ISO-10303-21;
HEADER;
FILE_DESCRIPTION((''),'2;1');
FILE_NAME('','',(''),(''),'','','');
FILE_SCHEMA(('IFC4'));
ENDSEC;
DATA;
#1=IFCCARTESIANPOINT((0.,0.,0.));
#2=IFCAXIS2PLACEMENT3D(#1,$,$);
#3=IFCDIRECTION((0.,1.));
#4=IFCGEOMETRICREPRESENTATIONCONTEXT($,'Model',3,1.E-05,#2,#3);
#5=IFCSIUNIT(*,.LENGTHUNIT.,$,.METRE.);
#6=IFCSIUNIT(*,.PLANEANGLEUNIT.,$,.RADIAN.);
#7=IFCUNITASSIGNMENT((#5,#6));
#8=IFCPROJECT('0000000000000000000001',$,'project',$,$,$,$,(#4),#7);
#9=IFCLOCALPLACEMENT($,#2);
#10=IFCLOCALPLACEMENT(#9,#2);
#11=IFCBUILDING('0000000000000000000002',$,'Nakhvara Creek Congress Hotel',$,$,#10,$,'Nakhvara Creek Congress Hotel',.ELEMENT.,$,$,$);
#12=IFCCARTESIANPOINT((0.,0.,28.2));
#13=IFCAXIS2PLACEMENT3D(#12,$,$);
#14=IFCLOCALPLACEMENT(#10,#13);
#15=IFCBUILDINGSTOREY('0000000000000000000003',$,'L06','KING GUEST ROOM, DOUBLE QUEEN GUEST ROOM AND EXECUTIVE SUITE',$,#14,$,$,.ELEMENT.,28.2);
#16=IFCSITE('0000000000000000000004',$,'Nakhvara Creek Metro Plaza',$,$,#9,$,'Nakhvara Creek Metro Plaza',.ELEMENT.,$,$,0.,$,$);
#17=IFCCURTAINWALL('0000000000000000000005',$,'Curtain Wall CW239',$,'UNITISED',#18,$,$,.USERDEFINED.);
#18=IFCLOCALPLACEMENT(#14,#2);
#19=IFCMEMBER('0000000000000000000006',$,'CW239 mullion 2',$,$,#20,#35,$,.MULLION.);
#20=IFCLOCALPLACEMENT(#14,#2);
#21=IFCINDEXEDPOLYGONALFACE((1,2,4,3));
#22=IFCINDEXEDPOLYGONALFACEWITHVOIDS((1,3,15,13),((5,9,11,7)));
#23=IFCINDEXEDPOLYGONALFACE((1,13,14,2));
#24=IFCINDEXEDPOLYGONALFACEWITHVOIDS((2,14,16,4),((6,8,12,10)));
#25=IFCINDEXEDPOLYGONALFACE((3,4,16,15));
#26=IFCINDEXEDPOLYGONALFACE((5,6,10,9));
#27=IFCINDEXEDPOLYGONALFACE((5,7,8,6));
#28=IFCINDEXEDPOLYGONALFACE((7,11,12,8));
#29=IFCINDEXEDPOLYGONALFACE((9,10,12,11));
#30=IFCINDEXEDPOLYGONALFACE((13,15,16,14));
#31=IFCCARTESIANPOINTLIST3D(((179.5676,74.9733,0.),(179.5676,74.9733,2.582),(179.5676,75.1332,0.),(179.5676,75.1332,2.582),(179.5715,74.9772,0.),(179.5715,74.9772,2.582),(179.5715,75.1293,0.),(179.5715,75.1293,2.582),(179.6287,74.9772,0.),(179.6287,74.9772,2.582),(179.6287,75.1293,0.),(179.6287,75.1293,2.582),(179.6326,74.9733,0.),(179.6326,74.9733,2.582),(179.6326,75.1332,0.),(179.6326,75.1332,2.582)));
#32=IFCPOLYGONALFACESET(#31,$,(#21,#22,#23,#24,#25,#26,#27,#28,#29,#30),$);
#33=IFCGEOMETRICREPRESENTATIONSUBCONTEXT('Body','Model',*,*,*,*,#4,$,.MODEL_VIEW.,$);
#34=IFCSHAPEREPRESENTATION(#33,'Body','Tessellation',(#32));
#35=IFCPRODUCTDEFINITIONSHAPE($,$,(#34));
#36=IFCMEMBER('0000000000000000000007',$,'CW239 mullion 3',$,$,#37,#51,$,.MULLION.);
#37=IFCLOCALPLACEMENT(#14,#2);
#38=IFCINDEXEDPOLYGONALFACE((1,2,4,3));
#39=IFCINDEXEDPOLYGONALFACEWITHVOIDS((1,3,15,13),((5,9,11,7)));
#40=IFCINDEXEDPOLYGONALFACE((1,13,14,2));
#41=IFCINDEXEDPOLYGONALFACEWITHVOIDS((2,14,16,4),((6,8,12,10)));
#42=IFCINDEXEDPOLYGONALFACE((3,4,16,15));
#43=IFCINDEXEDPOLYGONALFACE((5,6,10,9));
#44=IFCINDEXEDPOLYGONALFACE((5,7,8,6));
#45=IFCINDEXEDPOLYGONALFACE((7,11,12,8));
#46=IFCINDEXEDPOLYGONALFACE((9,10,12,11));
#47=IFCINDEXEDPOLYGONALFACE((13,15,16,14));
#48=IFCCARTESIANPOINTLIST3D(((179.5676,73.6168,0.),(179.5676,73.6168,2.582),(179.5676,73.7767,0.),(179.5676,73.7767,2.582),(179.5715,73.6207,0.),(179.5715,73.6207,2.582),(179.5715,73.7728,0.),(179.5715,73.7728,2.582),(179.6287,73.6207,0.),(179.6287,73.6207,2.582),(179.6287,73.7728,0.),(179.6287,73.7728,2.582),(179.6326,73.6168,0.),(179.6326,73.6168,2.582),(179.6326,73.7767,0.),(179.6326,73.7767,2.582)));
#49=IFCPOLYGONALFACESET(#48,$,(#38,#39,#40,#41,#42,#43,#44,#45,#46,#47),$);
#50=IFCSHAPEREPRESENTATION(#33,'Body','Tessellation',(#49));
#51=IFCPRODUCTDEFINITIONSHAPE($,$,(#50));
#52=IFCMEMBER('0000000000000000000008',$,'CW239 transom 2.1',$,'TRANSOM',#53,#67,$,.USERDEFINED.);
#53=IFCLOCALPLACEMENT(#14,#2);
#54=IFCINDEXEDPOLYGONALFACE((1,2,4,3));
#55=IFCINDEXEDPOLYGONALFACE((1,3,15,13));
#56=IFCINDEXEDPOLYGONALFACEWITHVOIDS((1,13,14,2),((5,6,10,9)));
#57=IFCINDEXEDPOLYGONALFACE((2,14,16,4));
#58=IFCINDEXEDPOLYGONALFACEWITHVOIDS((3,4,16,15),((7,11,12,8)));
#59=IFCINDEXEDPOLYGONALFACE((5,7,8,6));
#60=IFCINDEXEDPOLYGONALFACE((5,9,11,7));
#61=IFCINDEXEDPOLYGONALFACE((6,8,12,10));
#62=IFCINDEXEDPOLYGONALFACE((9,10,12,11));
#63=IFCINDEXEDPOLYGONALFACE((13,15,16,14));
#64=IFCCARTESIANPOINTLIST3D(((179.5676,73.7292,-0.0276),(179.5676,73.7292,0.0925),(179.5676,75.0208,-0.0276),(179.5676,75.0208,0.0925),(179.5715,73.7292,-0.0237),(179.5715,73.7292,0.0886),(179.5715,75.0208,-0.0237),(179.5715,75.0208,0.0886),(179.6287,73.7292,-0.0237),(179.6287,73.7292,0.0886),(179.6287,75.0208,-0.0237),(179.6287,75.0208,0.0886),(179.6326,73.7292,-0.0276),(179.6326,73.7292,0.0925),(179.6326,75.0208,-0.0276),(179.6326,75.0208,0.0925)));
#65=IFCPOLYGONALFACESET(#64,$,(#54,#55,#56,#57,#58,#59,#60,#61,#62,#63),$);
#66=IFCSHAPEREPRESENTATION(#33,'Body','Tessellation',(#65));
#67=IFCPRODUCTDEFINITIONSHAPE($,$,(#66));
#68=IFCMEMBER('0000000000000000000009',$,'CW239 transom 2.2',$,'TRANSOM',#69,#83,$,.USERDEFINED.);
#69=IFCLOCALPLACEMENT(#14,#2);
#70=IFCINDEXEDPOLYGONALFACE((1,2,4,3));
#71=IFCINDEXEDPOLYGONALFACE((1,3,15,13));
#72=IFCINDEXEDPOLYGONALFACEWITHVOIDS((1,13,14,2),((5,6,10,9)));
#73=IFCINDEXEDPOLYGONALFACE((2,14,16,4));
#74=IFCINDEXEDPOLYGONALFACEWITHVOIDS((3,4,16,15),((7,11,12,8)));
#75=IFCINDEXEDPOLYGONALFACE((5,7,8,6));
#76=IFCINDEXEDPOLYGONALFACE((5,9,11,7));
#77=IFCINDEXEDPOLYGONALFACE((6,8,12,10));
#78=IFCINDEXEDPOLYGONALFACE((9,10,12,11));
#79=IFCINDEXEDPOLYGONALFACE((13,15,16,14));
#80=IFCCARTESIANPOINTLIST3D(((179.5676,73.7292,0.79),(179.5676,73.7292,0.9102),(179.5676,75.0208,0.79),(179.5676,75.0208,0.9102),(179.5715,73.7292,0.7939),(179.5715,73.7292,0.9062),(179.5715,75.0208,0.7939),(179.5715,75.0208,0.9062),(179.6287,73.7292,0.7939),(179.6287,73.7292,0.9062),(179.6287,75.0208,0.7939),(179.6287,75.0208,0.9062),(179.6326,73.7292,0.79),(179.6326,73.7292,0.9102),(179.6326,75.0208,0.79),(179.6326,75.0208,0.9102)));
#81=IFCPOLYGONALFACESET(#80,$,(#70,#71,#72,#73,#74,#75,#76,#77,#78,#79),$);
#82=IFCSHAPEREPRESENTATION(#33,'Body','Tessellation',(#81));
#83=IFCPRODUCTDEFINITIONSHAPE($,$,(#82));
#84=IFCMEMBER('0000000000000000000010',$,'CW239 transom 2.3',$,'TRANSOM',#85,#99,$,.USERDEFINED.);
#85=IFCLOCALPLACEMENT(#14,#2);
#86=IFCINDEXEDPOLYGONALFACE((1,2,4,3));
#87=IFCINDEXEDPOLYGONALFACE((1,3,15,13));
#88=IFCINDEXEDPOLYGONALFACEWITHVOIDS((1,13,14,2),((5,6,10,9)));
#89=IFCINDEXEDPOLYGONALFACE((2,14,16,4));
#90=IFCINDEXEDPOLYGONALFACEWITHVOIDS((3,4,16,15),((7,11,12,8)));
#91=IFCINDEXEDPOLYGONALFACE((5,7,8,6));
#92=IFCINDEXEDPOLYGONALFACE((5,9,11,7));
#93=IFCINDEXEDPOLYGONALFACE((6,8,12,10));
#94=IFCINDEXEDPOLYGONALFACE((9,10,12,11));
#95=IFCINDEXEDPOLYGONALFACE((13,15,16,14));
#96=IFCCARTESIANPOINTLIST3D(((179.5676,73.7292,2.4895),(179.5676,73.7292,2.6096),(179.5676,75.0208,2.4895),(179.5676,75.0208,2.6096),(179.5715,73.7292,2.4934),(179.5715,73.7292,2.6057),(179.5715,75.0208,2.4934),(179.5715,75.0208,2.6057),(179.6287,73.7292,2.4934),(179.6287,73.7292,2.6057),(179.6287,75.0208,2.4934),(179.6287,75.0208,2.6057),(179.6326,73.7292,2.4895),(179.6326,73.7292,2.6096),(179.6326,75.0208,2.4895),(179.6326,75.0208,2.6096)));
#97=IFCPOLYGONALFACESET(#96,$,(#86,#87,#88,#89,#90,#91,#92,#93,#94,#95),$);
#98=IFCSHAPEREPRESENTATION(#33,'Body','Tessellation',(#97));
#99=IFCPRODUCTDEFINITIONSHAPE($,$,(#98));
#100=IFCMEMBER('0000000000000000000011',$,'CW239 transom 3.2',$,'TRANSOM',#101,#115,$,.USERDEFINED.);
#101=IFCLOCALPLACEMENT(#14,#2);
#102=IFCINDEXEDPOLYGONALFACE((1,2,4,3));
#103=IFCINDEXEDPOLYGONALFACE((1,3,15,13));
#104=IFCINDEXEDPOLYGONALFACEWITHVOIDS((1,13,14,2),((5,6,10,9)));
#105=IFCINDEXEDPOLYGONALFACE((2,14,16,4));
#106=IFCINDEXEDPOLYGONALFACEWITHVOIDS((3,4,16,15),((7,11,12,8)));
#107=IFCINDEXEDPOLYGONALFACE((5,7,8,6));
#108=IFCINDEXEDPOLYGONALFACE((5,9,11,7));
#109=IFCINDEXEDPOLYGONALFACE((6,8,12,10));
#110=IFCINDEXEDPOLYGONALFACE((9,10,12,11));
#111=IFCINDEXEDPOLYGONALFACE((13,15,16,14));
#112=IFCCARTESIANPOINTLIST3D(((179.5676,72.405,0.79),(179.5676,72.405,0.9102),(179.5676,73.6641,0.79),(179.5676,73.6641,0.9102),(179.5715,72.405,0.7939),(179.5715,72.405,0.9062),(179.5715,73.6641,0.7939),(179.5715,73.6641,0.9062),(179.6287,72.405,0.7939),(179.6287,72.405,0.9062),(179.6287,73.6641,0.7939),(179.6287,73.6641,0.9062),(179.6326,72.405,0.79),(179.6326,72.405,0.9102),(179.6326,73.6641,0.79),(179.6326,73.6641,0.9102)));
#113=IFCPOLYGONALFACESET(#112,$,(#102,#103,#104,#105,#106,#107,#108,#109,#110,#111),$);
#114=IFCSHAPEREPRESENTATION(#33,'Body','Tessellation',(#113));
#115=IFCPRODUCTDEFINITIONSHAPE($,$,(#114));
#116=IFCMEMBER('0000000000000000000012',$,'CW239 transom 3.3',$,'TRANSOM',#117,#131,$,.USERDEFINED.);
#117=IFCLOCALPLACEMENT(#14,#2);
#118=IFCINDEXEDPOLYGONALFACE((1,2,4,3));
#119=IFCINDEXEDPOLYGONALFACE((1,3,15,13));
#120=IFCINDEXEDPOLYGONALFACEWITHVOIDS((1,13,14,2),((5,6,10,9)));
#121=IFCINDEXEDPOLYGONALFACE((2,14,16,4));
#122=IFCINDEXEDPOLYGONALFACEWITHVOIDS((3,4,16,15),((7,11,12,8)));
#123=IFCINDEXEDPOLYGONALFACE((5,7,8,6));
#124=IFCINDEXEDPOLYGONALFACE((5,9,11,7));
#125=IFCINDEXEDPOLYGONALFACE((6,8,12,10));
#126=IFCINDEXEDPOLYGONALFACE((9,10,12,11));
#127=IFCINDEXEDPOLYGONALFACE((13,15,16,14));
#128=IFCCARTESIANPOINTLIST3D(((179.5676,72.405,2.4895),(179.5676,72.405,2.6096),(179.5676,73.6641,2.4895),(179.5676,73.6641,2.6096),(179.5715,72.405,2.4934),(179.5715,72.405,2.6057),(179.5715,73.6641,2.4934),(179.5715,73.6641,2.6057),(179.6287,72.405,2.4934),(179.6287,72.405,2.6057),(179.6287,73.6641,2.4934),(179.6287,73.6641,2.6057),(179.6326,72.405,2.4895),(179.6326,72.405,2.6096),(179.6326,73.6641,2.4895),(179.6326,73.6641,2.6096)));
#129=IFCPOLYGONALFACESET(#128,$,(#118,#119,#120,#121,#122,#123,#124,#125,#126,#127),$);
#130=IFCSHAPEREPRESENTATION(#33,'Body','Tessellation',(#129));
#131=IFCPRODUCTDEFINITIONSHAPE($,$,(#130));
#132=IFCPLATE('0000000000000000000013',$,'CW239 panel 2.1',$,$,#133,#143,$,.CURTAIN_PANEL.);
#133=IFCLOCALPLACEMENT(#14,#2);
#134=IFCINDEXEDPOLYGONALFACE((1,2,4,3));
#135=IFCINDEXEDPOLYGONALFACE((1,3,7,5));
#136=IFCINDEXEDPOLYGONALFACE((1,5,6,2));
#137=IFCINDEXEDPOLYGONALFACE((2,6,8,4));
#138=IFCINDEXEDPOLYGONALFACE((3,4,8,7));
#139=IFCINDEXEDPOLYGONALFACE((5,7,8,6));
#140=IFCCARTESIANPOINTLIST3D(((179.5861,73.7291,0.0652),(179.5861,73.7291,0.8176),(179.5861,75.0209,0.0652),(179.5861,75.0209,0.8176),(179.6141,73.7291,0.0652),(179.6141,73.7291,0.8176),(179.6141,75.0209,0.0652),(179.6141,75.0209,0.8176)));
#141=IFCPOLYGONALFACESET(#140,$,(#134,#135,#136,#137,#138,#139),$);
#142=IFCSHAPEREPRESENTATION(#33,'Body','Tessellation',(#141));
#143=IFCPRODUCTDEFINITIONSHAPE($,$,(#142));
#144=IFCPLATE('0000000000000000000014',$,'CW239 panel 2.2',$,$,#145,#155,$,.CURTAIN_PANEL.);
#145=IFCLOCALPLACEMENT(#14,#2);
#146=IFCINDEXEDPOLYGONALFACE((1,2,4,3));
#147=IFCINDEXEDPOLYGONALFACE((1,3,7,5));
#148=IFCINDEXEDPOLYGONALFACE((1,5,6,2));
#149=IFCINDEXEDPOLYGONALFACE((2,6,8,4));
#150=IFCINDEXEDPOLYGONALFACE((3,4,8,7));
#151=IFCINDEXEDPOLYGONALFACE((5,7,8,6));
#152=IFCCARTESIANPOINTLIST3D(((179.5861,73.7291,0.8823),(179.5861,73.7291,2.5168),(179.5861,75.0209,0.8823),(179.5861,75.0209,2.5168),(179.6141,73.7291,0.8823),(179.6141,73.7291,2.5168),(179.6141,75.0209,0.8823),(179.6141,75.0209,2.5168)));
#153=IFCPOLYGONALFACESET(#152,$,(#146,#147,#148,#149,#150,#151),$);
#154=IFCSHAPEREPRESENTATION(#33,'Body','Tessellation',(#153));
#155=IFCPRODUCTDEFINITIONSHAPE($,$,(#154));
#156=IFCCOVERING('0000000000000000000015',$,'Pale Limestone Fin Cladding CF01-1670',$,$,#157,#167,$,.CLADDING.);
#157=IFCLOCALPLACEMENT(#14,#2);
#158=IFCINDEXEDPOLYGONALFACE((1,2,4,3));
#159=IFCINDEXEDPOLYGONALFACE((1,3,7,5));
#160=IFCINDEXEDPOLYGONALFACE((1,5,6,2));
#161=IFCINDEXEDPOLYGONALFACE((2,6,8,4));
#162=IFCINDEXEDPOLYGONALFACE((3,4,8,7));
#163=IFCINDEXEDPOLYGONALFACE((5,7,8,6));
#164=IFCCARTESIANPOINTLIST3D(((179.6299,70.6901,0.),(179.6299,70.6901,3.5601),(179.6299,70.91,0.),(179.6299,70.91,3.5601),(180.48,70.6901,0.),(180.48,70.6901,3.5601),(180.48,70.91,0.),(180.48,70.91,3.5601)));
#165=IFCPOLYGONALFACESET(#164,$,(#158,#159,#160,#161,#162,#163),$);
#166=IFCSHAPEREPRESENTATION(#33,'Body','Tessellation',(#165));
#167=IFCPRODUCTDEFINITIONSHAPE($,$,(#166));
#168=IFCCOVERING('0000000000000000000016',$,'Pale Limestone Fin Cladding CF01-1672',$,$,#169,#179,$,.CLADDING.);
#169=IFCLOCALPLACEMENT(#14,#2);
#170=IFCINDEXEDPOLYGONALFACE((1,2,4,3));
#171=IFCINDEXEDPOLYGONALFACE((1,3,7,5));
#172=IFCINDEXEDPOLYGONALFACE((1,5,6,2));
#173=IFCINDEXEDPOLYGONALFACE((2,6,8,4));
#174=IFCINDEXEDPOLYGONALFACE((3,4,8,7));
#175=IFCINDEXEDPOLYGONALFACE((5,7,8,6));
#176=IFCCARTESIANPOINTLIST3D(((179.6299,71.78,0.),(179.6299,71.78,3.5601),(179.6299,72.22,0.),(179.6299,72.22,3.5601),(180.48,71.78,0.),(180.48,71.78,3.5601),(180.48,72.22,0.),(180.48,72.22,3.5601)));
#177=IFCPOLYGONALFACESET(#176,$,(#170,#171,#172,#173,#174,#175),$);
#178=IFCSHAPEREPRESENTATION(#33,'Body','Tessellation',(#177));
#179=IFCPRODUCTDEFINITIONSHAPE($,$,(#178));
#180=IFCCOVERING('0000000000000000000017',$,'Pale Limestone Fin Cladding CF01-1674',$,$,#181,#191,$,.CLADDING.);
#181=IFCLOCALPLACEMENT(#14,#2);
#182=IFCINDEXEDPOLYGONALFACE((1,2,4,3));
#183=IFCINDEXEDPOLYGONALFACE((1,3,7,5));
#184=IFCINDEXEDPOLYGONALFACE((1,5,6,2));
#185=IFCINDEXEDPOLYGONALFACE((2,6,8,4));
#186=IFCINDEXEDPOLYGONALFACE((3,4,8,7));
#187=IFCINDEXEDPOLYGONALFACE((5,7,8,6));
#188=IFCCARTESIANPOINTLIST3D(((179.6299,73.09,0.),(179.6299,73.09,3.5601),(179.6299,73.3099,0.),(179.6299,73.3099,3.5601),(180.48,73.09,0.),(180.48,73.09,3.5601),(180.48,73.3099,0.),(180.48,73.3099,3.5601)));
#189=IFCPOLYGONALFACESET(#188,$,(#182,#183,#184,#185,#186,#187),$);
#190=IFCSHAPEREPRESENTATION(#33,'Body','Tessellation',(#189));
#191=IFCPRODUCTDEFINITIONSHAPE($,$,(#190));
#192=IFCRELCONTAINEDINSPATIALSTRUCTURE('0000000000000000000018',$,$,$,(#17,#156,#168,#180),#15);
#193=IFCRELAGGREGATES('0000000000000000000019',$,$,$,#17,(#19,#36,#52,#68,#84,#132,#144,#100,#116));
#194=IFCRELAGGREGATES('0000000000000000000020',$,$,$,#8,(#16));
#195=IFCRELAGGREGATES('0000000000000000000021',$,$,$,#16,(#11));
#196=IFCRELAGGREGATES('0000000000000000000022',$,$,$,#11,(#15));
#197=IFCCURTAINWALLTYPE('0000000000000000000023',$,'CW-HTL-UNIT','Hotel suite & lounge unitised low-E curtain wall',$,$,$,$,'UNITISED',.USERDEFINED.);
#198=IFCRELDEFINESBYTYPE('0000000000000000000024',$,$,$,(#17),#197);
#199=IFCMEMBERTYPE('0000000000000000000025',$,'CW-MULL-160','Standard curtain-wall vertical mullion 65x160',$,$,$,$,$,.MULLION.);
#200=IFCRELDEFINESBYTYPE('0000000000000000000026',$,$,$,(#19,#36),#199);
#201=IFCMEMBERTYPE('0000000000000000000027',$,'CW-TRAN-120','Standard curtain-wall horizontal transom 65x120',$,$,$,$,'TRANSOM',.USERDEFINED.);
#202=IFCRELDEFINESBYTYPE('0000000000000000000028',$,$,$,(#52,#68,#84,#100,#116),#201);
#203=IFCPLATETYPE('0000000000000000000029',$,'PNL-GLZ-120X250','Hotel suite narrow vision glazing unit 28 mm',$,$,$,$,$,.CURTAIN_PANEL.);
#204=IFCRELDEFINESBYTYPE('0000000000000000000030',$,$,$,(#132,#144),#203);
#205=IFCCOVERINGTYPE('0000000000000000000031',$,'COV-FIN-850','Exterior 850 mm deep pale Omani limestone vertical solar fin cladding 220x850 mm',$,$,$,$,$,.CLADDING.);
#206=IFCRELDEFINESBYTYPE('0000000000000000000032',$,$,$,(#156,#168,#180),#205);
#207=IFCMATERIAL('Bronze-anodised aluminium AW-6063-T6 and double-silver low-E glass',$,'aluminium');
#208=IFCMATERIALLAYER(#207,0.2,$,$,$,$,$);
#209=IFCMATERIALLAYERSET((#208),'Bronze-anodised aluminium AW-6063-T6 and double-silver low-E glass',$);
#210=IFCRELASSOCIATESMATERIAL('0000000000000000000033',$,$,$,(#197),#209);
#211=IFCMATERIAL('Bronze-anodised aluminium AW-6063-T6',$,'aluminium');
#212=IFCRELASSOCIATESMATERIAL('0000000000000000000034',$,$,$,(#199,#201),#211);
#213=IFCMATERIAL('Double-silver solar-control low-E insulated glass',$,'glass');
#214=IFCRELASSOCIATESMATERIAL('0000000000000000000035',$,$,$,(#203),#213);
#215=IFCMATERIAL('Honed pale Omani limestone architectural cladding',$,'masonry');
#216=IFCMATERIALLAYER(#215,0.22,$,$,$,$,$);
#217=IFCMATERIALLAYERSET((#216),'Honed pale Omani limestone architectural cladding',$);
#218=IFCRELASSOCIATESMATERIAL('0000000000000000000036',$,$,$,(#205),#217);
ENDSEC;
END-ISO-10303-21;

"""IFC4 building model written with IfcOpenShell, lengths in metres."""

from ifc_helpers import new_model, si_unit, direction, frame, origin, origin_2d, place, context, subcontext, project, spatial, rectangle, hollow_rectangle, extrude, material, layer, layer_set, material_profile, profile_set, type_object, element, aggregate, save


model = new_model("IFC4")

# Units and contexts
model_context = context("Model", 3, precision=1e-05, world=origin(), true_north=direction((0.0, 1.0)))
body_context = subcontext(model_context, "Body", "Model", "MODEL_VIEW")
ifc_project = project(units=[si_unit("LENGTHUNIT", "METRE"), si_unit("PLANEANGLEUNIT", "RADIAN")], contexts=[model_context])

# Site, building, storey
site_placement = place(None, origin())
site = spatial("IfcSite", under=ifc_project, at=site_placement, Name="Nakhvara Creek Metro Plaza", LongName="Nakhvara Creek Metro Plaza", CompositionType="ELEMENT", RefElevation=0.0)
building_placement = place(site_placement, origin())
building = spatial("IfcBuilding", under=site, at=building_placement, Name="Nakhvara Creek Congress Hotel", LongName="Nakhvara Creek Congress Hotel", CompositionType="ELEMENT")
storey_placement = place(building_placement, frame((0.0, 0.0, 28.2)))
storey = spatial("IfcBuildingStorey", under=building, at=storey_placement, Name="L06", Description="KING GUEST ROOM, DOUBLE QUEEN GUEST ROOM AND EXECUTIVE SUITE", CompositionType="ELEMENT", Elevation=28.2)

# Curtain wall, members, plates
ifc_material_1 = material(Name="Bronze-anodised aluminium AW-6063-T6 and double-silver low-E glass", Category="aluminium")
ifc_layer_1 = layer(ifc_material_1, 0.2)
ifc_layer_set_1 = layer_set([ifc_layer_1], Name="Bronze-anodised aluminium AW-6063-T6 and double-silver low-E glass")
curtain_wall_type = type_object("IfcCurtainWallType", Name="CW-HTL-UNIT", Description="Hotel suite & lounge unitised low-E curtain wall", ElementType="UNITISED", PredefinedType="USERDEFINED", material=ifc_layer_set_1)
curtain_wall_placement = place(storey_placement, origin())
curtain_wall = element("IfcCurtainWall", 1, at=curtain_wall_placement, inside=storey, type_object=curtain_wall_type, Name="Curtain Wall CW239", ObjectType="UNITISED", PredefinedType="USERDEFINED")
ifc_material_2 = material(Name="Bronze-anodised aluminium AW-6063-T6", Category="aluminium")
ifc_material_profile_1 = material_profile(ifc_material_2, hollow_rectangle(XDim=0.0649, YDim=0.1599, WallThickness=0.0039, at=origin_2d()), Name="ALU-MULL 65x160x4", Category="LoadBearing")
ifc_profile_set_1 = profile_set([ifc_material_profile_1], Name="Bronze-anodised aluminium AW-6063-T6")
member_type_1 = type_object("IfcMemberType", Name="CW-MULL-160", Description="Standard curtain-wall vertical mullion 65x160", PredefinedType="MULLION", material=ifc_profile_set_1)
member_1_placement = place(storey_placement, frame((179.6001, 75.0532, 0.0), z_axis=(0.0, 0.0, 1.0), x_axis=(1.0, 0.0, 0.0)))
member_1 = element("IfcMember", 2, at=member_1_placement, type_object=member_type_1, Name="CW239 mullion 2", PredefinedType="MULLION", context=body_context, shape_type="SweptSolid", body=[
    extrude(hollow_rectangle(XDim=0.0649, YDim=0.1599, WallThickness=0.0039, at=origin_2d()), origin(), (0.0, 0.0, 1.0), 2.582),
])
member_2_placement = place(storey_placement, frame((179.6001, 73.6968, 0.0), z_axis=(0.0, 0.0, 1.0), x_axis=(1.0, 0.0, 0.0)))
member_2 = element("IfcMember", 3, at=member_2_placement, type_object=member_type_1, Name="CW239 mullion 3", PredefinedType="MULLION", context=body_context, shape_type="SweptSolid", body=[
    extrude(hollow_rectangle(XDim=0.0649, YDim=0.1599, WallThickness=0.0039, at=origin_2d()), origin(), (0.0, 0.0, 1.0), 2.582),
])
ifc_material_profile_2 = material_profile(ifc_material_2, hollow_rectangle(XDim=0.0649, YDim=0.1201, WallThickness=0.0039, at=origin_2d()), Name="ALU-TRAN 65x120x4", Category="LoadBearing")
ifc_profile_set_2 = profile_set([ifc_material_profile_2], Name="Bronze-anodised aluminium AW-6063-T6")
member_type_2 = type_object("IfcMemberType", Name="CW-TRAN-120", Description="Standard curtain-wall horizontal transom 65x120", ElementType="TRANSOM", PredefinedType="USERDEFINED", material=ifc_profile_set_2)
member_3_placement = place(storey_placement, frame((179.6001, 75.0208, 0.0325), z_axis=(0.0, -1.0, 0.0), x_axis=(1.0, 0.0, 0.0)))
member_3 = element("IfcMember", 4, at=member_3_placement, type_object=member_type_2, Name="CW239 transom 2.1", ObjectType="TRANSOM", PredefinedType="USERDEFINED", context=body_context, shape_type="SweptSolid", body=[
    extrude(hollow_rectangle(XDim=0.0649, YDim=0.1201, WallThickness=0.0039, at=origin_2d()), origin(), (0.0, 0.0, 1.0), 1.2915),
])
member_4_placement = place(storey_placement, frame((179.6001, 75.0208, 0.8501), z_axis=(0.0, -1.0, 0.0), x_axis=(1.0, 0.0, 0.0)))
member_4 = element("IfcMember", 5, at=member_4_placement, type_object=member_type_2, Name="CW239 transom 2.2", ObjectType="TRANSOM", PredefinedType="USERDEFINED", context=body_context, shape_type="SweptSolid", body=[
    extrude(hollow_rectangle(XDim=0.0649, YDim=0.1201, WallThickness=0.0039, at=origin_2d()), origin(), (0.0, 0.0, 1.0), 1.2915),
])
member_5_placement = place(storey_placement, frame((179.6001, 75.0208, 2.5496), z_axis=(0.0, -1.0, 0.0), x_axis=(1.0, 0.0, 0.0)))
member_5 = element("IfcMember", 6, at=member_5_placement, type_object=member_type_2, Name="CW239 transom 2.3", ObjectType="TRANSOM", PredefinedType="USERDEFINED", context=body_context, shape_type="SweptSolid", body=[
    extrude(hollow_rectangle(XDim=0.0649, YDim=0.1201, WallThickness=0.0039, at=origin_2d()), origin(), (0.0, 0.0, 1.0), 1.2915),
])
member_6_placement = place(storey_placement, frame((179.6001, 73.6641, 0.8501), z_axis=(0.0, -1.0, 0.0), x_axis=(1.0, 0.0, 0.0)))
member_6 = element("IfcMember", 7, at=member_6_placement, type_object=member_type_2, Name="CW239 transom 3.2", ObjectType="TRANSOM", PredefinedType="USERDEFINED", context=body_context, shape_type="SweptSolid", body=[
    extrude(hollow_rectangle(XDim=0.0649, YDim=0.1201, WallThickness=0.0039, at=origin_2d()), origin(), (0.0, 0.0, 1.0), 1.259),
])
member_7_placement = place(storey_placement, frame((179.6001, 73.6641, 2.5496), z_axis=(0.0, -1.0, 0.0), x_axis=(1.0, 0.0, 0.0)))
member_7 = element("IfcMember", 8, at=member_7_placement, type_object=member_type_2, Name="CW239 transom 3.3", ObjectType="TRANSOM", PredefinedType="USERDEFINED", context=body_context, shape_type="SweptSolid", body=[
    extrude(hollow_rectangle(XDim=0.0649, YDim=0.1201, WallThickness=0.0039, at=origin_2d()), origin(), (0.0, 0.0, 1.0), 1.259),
])
ifc_material_3 = material(Name="Double-silver solar-control low-E insulated glass", Category="glass")
plate_type = type_object("IfcPlateType", Name="PNL-GLZ-120X250", Description="Hotel suite narrow vision glazing unit 28 mm", PredefinedType="CURTAIN_PANEL", material=ifc_material_3)
plate_1_placement = place(storey_placement, frame((179.6001, 74.375, 0.0652), z_axis=(0.0, 0.0, 1.0), x_axis=(0.0, -1.0, 0.0)))
plate_1 = element("IfcPlate", 9, at=plate_1_placement, type_object=plate_type, Name="CW239 panel 2.1", PredefinedType="CURTAIN_PANEL", context=body_context, shape_type="SweptSolid", body=[
    extrude(rectangle(XDim=1.2917, YDim=0.0281, at=origin_2d()), origin(), (0.0, 0.0, 1.0), 0.7524),
])
plate_2_placement = place(storey_placement, frame((179.6001, 74.375, 0.8823), z_axis=(0.0, 0.0, 1.0), x_axis=(0.0, -1.0, 0.0)))
plate_2 = element("IfcPlate", 10, at=plate_2_placement, type_object=plate_type, Name="CW239 panel 2.2", PredefinedType="CURTAIN_PANEL", context=body_context, shape_type="SweptSolid", body=[
    extrude(rectangle(XDim=1.2917, YDim=0.0281, at=origin_2d()), origin(), (0.0, 0.0, 1.0), 1.6345),
])
aggregate(curtain_wall, [member_1, member_2, member_3, member_4, member_5, plate_1, plate_2, member_6, member_7])

# Coverings
ifc_material_4 = material(Name="Honed pale Omani limestone architectural cladding", Category="masonry")
ifc_layer_2 = layer(ifc_material_4, 0.22)
ifc_layer_set_2 = layer_set([ifc_layer_2], Name="Honed pale Omani limestone architectural cladding")
covering_type = type_object("IfcCoveringType", Name="COV-FIN-850", Description="Exterior 850 mm deep pale Omani limestone vertical solar fin cladding 220x850 mm", PredefinedType="CLADDING", material=ifc_layer_set_2)
covering_1_placement = place(storey_placement, frame((180.0549, 70.8, 0.0), z_axis=(0.0, 0.0, 1.0), x_axis=(0.0, 1.0, 0.0)))
element("IfcCovering", 11, at=covering_1_placement, inside=storey, type_object=covering_type, Name="Pale Limestone Fin Cladding CF01-1670", PredefinedType="CLADDING", context=body_context, shape_type="SweptSolid", body=[
    extrude(rectangle(XDim=0.22, YDim=0.8501, at=origin_2d()), origin(), (0.0, 0.0, 1.0), 3.5601),
])
covering_2_placement = place(storey_placement, frame((180.0549, 72.0, 0.0), z_axis=(0.0, 0.0, 1.0), x_axis=(0.0, 1.0, 0.0)))
element("IfcCovering", 12, at=covering_2_placement, inside=storey, type_object=covering_type, Name="Pale Limestone Fin Cladding CF01-1672", PredefinedType="CLADDING", context=body_context, shape_type="SweptSolid", body=[
    extrude(rectangle(XDim=0.4399, YDim=0.8501, at=origin_2d()), origin(), (0.0, 0.0, 1.0), 3.5601),
])
for number, where, z_axis, x_axis, name in (
    (13, (180.0549, 73.2, 0.0), (0.0, 0.0, 1.0), (0.0, 1.0, 0.0), "Pale Limestone Fin Cladding CF01-1674"),
):
    element("IfcCovering", number, at=place(storey_placement, frame(where, z_axis=z_axis, x_axis=x_axis)), inside=storey, type_object=covering_type, Name=name, PredefinedType="CLADDING", context=body_context, shape_type="SweptSolid", body=[
        extrude(rectangle(XDim=0.22, YDim=0.8501, at=origin_2d()), origin(), (0.0, 0.0, 1.0), 3.5601),
    ])

save(model, "model.ifc")
